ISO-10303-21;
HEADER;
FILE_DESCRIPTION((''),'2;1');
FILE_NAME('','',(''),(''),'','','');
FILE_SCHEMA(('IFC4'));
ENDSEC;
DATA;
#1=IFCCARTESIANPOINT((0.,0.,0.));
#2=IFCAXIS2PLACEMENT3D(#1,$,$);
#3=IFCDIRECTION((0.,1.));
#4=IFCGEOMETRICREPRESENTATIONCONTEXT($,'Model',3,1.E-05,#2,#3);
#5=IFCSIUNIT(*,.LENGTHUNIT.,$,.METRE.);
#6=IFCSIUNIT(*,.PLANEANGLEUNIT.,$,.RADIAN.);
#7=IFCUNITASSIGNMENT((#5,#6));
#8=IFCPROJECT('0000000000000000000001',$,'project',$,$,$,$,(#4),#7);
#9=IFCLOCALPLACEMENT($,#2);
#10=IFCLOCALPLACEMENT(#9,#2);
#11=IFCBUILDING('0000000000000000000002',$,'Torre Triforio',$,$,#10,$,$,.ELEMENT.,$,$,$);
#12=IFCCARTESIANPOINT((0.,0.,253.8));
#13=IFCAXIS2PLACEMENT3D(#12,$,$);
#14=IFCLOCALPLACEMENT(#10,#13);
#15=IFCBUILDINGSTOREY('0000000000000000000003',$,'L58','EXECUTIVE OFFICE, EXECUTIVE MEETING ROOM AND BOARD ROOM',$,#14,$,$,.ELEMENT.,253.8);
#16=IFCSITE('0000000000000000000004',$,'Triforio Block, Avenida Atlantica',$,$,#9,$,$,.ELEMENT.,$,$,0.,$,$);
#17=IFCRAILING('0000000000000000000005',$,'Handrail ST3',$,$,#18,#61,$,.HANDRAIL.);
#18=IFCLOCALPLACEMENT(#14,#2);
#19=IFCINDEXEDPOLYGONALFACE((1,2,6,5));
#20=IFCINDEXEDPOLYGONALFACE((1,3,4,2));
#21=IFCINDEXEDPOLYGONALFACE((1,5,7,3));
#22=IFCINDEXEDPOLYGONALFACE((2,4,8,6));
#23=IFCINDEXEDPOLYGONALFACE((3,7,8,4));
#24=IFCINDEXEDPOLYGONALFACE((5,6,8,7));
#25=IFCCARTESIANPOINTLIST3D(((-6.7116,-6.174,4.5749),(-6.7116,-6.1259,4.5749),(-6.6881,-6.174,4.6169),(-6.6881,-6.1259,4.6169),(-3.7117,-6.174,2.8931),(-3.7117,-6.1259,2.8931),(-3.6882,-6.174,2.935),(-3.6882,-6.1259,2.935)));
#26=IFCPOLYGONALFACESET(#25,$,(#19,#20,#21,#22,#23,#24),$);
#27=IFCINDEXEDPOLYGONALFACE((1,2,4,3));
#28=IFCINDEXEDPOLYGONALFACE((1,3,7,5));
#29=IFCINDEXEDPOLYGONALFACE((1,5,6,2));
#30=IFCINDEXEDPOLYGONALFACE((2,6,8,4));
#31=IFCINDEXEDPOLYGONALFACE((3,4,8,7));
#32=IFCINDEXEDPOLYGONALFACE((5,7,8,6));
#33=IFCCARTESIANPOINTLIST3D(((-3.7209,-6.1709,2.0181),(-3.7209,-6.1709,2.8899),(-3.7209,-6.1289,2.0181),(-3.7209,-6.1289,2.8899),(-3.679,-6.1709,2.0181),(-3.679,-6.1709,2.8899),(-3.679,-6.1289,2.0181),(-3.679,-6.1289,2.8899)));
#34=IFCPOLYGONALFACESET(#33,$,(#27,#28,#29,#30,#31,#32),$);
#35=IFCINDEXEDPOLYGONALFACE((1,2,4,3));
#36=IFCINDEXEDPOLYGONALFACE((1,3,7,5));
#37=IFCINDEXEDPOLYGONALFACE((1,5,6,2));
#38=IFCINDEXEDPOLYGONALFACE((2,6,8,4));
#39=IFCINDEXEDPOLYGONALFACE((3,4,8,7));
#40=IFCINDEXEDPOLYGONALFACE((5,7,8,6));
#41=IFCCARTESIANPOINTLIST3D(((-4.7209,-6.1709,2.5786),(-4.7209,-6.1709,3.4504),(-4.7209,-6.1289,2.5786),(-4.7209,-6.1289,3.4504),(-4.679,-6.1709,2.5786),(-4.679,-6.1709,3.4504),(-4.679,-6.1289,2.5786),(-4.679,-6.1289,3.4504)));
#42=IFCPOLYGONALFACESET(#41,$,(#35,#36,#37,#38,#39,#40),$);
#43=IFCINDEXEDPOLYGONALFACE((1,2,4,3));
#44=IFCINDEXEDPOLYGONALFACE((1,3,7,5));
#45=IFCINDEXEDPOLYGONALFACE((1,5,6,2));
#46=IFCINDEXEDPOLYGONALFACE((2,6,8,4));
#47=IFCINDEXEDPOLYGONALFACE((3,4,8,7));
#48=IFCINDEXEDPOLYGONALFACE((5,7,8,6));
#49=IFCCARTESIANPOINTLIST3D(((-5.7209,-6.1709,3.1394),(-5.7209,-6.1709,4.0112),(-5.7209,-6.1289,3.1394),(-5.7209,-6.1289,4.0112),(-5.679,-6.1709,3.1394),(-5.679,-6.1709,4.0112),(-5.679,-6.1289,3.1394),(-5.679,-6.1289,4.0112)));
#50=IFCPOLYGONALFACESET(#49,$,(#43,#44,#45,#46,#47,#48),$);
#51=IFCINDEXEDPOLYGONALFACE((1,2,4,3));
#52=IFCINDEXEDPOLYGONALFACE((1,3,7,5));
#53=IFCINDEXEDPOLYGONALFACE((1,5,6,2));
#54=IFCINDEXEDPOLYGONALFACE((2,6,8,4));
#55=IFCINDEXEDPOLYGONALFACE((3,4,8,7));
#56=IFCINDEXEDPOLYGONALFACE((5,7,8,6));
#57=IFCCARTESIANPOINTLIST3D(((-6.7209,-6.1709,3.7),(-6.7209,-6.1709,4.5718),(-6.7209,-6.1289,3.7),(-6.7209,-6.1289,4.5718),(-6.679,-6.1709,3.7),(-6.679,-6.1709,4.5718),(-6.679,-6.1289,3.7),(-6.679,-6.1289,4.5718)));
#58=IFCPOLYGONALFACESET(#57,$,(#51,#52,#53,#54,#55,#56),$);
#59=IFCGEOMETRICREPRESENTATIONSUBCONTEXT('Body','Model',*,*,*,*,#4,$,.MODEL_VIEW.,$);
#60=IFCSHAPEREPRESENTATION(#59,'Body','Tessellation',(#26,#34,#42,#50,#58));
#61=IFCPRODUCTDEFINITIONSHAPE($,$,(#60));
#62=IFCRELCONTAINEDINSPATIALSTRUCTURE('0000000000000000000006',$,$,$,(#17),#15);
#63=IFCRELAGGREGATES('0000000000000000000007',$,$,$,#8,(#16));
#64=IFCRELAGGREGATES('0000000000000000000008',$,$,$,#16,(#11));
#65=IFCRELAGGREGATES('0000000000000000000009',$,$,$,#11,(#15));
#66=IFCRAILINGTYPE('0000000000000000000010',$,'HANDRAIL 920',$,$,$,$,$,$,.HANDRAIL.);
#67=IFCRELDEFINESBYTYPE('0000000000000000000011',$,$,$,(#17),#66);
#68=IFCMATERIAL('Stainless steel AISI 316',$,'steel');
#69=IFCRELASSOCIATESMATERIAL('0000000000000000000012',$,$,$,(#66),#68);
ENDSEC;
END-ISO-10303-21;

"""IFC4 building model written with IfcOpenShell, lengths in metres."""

from ifc_helpers import new_model, si_unit, direction, frame, origin, origin_2d, place, context, subcontext, project, spatial, rectangle, extrude, material, type_object, element, save


model = new_model("IFC4")

# Units and contexts
model_context = context("Model", 3, precision=1e-05, world=origin(), true_north=direction((0.0, 1.0)))
body_context = subcontext(model_context, "Body", "Model", "MODEL_VIEW")
ifc_project = project(units=[si_unit("LENGTHUNIT", "METRE"), si_unit("PLANEANGLEUNIT", "RADIAN")], contexts=[model_context])

# Site, building, storey
site_placement = place(None, origin())
site = spatial("IfcSite", under=ifc_project, at=site_placement, Name="Triforio Block, Avenida Atlantica", CompositionType="ELEMENT", RefElevation=0.0)
building_placement = place(site_placement, origin())
building = spatial("IfcBuilding", under=site, at=building_placement, Name="Torre Triforio", CompositionType="ELEMENT")
storey_placement = place(building_placement, frame((0.0, 0.0, 253.8)))
storey = spatial("IfcBuildingStorey", under=building, at=storey_placement, Name="L58", Description="EXECUTIVE OFFICE, EXECUTIVE MEETING ROOM AND BOARD ROOM", CompositionType="ELEMENT", Elevation=253.8)

# Railing
ifc_material_1 = material(Name="Stainless steel AISI 316", Category="steel")
railing_type = type_object("IfcRailingType", Name="HANDRAIL 920", PredefinedType="HANDRAIL", material=ifc_material_1)
for number, where, name in (
    (1, (-3.7, -6.1499, 2.0181), "Handrail ST3"),
):
    element("IfcRailing", number, at=place(storey_placement, frame(where)), inside=storey, type_object=railing_type, Name=name, PredefinedType="HANDRAIL", context=body_context, shape_type="SweptSolid", body=[
        extrude(rectangle(XDim=0.0481, YDim=0.0481, at=origin_2d()), frame((0.0, 0.0, 0.896), z_axis=(-0.872272, 0.0, 0.48902), x_axis=(0.0, -1.0, 0.0)), (0.0, 0.0, 1.0), 3.4392),
        extrude(rectangle(XDim=0.042, YDim=0.042, at=origin_2d()), origin(), (0.0, 0.0, 1.0), 0.8718),
        extrude(rectangle(XDim=0.042, YDim=0.042, at=origin_2d()), frame((-1.0, 0.0, 0.5605)), (0.0, 0.0, 1.0), 0.8718),
        extrude(rectangle(XDim=0.042, YDim=0.042, at=origin_2d()), frame((-2.0, 0.0, 1.1213)), (0.0, 0.0, 1.0), 0.8718),
        extrude(rectangle(XDim=0.042, YDim=0.042, at=origin_2d()), frame((-3.0, 0.0, 1.6819)), (0.0, 0.0, 1.0), 0.8718),
    ])

save(model, "model.ifc")
